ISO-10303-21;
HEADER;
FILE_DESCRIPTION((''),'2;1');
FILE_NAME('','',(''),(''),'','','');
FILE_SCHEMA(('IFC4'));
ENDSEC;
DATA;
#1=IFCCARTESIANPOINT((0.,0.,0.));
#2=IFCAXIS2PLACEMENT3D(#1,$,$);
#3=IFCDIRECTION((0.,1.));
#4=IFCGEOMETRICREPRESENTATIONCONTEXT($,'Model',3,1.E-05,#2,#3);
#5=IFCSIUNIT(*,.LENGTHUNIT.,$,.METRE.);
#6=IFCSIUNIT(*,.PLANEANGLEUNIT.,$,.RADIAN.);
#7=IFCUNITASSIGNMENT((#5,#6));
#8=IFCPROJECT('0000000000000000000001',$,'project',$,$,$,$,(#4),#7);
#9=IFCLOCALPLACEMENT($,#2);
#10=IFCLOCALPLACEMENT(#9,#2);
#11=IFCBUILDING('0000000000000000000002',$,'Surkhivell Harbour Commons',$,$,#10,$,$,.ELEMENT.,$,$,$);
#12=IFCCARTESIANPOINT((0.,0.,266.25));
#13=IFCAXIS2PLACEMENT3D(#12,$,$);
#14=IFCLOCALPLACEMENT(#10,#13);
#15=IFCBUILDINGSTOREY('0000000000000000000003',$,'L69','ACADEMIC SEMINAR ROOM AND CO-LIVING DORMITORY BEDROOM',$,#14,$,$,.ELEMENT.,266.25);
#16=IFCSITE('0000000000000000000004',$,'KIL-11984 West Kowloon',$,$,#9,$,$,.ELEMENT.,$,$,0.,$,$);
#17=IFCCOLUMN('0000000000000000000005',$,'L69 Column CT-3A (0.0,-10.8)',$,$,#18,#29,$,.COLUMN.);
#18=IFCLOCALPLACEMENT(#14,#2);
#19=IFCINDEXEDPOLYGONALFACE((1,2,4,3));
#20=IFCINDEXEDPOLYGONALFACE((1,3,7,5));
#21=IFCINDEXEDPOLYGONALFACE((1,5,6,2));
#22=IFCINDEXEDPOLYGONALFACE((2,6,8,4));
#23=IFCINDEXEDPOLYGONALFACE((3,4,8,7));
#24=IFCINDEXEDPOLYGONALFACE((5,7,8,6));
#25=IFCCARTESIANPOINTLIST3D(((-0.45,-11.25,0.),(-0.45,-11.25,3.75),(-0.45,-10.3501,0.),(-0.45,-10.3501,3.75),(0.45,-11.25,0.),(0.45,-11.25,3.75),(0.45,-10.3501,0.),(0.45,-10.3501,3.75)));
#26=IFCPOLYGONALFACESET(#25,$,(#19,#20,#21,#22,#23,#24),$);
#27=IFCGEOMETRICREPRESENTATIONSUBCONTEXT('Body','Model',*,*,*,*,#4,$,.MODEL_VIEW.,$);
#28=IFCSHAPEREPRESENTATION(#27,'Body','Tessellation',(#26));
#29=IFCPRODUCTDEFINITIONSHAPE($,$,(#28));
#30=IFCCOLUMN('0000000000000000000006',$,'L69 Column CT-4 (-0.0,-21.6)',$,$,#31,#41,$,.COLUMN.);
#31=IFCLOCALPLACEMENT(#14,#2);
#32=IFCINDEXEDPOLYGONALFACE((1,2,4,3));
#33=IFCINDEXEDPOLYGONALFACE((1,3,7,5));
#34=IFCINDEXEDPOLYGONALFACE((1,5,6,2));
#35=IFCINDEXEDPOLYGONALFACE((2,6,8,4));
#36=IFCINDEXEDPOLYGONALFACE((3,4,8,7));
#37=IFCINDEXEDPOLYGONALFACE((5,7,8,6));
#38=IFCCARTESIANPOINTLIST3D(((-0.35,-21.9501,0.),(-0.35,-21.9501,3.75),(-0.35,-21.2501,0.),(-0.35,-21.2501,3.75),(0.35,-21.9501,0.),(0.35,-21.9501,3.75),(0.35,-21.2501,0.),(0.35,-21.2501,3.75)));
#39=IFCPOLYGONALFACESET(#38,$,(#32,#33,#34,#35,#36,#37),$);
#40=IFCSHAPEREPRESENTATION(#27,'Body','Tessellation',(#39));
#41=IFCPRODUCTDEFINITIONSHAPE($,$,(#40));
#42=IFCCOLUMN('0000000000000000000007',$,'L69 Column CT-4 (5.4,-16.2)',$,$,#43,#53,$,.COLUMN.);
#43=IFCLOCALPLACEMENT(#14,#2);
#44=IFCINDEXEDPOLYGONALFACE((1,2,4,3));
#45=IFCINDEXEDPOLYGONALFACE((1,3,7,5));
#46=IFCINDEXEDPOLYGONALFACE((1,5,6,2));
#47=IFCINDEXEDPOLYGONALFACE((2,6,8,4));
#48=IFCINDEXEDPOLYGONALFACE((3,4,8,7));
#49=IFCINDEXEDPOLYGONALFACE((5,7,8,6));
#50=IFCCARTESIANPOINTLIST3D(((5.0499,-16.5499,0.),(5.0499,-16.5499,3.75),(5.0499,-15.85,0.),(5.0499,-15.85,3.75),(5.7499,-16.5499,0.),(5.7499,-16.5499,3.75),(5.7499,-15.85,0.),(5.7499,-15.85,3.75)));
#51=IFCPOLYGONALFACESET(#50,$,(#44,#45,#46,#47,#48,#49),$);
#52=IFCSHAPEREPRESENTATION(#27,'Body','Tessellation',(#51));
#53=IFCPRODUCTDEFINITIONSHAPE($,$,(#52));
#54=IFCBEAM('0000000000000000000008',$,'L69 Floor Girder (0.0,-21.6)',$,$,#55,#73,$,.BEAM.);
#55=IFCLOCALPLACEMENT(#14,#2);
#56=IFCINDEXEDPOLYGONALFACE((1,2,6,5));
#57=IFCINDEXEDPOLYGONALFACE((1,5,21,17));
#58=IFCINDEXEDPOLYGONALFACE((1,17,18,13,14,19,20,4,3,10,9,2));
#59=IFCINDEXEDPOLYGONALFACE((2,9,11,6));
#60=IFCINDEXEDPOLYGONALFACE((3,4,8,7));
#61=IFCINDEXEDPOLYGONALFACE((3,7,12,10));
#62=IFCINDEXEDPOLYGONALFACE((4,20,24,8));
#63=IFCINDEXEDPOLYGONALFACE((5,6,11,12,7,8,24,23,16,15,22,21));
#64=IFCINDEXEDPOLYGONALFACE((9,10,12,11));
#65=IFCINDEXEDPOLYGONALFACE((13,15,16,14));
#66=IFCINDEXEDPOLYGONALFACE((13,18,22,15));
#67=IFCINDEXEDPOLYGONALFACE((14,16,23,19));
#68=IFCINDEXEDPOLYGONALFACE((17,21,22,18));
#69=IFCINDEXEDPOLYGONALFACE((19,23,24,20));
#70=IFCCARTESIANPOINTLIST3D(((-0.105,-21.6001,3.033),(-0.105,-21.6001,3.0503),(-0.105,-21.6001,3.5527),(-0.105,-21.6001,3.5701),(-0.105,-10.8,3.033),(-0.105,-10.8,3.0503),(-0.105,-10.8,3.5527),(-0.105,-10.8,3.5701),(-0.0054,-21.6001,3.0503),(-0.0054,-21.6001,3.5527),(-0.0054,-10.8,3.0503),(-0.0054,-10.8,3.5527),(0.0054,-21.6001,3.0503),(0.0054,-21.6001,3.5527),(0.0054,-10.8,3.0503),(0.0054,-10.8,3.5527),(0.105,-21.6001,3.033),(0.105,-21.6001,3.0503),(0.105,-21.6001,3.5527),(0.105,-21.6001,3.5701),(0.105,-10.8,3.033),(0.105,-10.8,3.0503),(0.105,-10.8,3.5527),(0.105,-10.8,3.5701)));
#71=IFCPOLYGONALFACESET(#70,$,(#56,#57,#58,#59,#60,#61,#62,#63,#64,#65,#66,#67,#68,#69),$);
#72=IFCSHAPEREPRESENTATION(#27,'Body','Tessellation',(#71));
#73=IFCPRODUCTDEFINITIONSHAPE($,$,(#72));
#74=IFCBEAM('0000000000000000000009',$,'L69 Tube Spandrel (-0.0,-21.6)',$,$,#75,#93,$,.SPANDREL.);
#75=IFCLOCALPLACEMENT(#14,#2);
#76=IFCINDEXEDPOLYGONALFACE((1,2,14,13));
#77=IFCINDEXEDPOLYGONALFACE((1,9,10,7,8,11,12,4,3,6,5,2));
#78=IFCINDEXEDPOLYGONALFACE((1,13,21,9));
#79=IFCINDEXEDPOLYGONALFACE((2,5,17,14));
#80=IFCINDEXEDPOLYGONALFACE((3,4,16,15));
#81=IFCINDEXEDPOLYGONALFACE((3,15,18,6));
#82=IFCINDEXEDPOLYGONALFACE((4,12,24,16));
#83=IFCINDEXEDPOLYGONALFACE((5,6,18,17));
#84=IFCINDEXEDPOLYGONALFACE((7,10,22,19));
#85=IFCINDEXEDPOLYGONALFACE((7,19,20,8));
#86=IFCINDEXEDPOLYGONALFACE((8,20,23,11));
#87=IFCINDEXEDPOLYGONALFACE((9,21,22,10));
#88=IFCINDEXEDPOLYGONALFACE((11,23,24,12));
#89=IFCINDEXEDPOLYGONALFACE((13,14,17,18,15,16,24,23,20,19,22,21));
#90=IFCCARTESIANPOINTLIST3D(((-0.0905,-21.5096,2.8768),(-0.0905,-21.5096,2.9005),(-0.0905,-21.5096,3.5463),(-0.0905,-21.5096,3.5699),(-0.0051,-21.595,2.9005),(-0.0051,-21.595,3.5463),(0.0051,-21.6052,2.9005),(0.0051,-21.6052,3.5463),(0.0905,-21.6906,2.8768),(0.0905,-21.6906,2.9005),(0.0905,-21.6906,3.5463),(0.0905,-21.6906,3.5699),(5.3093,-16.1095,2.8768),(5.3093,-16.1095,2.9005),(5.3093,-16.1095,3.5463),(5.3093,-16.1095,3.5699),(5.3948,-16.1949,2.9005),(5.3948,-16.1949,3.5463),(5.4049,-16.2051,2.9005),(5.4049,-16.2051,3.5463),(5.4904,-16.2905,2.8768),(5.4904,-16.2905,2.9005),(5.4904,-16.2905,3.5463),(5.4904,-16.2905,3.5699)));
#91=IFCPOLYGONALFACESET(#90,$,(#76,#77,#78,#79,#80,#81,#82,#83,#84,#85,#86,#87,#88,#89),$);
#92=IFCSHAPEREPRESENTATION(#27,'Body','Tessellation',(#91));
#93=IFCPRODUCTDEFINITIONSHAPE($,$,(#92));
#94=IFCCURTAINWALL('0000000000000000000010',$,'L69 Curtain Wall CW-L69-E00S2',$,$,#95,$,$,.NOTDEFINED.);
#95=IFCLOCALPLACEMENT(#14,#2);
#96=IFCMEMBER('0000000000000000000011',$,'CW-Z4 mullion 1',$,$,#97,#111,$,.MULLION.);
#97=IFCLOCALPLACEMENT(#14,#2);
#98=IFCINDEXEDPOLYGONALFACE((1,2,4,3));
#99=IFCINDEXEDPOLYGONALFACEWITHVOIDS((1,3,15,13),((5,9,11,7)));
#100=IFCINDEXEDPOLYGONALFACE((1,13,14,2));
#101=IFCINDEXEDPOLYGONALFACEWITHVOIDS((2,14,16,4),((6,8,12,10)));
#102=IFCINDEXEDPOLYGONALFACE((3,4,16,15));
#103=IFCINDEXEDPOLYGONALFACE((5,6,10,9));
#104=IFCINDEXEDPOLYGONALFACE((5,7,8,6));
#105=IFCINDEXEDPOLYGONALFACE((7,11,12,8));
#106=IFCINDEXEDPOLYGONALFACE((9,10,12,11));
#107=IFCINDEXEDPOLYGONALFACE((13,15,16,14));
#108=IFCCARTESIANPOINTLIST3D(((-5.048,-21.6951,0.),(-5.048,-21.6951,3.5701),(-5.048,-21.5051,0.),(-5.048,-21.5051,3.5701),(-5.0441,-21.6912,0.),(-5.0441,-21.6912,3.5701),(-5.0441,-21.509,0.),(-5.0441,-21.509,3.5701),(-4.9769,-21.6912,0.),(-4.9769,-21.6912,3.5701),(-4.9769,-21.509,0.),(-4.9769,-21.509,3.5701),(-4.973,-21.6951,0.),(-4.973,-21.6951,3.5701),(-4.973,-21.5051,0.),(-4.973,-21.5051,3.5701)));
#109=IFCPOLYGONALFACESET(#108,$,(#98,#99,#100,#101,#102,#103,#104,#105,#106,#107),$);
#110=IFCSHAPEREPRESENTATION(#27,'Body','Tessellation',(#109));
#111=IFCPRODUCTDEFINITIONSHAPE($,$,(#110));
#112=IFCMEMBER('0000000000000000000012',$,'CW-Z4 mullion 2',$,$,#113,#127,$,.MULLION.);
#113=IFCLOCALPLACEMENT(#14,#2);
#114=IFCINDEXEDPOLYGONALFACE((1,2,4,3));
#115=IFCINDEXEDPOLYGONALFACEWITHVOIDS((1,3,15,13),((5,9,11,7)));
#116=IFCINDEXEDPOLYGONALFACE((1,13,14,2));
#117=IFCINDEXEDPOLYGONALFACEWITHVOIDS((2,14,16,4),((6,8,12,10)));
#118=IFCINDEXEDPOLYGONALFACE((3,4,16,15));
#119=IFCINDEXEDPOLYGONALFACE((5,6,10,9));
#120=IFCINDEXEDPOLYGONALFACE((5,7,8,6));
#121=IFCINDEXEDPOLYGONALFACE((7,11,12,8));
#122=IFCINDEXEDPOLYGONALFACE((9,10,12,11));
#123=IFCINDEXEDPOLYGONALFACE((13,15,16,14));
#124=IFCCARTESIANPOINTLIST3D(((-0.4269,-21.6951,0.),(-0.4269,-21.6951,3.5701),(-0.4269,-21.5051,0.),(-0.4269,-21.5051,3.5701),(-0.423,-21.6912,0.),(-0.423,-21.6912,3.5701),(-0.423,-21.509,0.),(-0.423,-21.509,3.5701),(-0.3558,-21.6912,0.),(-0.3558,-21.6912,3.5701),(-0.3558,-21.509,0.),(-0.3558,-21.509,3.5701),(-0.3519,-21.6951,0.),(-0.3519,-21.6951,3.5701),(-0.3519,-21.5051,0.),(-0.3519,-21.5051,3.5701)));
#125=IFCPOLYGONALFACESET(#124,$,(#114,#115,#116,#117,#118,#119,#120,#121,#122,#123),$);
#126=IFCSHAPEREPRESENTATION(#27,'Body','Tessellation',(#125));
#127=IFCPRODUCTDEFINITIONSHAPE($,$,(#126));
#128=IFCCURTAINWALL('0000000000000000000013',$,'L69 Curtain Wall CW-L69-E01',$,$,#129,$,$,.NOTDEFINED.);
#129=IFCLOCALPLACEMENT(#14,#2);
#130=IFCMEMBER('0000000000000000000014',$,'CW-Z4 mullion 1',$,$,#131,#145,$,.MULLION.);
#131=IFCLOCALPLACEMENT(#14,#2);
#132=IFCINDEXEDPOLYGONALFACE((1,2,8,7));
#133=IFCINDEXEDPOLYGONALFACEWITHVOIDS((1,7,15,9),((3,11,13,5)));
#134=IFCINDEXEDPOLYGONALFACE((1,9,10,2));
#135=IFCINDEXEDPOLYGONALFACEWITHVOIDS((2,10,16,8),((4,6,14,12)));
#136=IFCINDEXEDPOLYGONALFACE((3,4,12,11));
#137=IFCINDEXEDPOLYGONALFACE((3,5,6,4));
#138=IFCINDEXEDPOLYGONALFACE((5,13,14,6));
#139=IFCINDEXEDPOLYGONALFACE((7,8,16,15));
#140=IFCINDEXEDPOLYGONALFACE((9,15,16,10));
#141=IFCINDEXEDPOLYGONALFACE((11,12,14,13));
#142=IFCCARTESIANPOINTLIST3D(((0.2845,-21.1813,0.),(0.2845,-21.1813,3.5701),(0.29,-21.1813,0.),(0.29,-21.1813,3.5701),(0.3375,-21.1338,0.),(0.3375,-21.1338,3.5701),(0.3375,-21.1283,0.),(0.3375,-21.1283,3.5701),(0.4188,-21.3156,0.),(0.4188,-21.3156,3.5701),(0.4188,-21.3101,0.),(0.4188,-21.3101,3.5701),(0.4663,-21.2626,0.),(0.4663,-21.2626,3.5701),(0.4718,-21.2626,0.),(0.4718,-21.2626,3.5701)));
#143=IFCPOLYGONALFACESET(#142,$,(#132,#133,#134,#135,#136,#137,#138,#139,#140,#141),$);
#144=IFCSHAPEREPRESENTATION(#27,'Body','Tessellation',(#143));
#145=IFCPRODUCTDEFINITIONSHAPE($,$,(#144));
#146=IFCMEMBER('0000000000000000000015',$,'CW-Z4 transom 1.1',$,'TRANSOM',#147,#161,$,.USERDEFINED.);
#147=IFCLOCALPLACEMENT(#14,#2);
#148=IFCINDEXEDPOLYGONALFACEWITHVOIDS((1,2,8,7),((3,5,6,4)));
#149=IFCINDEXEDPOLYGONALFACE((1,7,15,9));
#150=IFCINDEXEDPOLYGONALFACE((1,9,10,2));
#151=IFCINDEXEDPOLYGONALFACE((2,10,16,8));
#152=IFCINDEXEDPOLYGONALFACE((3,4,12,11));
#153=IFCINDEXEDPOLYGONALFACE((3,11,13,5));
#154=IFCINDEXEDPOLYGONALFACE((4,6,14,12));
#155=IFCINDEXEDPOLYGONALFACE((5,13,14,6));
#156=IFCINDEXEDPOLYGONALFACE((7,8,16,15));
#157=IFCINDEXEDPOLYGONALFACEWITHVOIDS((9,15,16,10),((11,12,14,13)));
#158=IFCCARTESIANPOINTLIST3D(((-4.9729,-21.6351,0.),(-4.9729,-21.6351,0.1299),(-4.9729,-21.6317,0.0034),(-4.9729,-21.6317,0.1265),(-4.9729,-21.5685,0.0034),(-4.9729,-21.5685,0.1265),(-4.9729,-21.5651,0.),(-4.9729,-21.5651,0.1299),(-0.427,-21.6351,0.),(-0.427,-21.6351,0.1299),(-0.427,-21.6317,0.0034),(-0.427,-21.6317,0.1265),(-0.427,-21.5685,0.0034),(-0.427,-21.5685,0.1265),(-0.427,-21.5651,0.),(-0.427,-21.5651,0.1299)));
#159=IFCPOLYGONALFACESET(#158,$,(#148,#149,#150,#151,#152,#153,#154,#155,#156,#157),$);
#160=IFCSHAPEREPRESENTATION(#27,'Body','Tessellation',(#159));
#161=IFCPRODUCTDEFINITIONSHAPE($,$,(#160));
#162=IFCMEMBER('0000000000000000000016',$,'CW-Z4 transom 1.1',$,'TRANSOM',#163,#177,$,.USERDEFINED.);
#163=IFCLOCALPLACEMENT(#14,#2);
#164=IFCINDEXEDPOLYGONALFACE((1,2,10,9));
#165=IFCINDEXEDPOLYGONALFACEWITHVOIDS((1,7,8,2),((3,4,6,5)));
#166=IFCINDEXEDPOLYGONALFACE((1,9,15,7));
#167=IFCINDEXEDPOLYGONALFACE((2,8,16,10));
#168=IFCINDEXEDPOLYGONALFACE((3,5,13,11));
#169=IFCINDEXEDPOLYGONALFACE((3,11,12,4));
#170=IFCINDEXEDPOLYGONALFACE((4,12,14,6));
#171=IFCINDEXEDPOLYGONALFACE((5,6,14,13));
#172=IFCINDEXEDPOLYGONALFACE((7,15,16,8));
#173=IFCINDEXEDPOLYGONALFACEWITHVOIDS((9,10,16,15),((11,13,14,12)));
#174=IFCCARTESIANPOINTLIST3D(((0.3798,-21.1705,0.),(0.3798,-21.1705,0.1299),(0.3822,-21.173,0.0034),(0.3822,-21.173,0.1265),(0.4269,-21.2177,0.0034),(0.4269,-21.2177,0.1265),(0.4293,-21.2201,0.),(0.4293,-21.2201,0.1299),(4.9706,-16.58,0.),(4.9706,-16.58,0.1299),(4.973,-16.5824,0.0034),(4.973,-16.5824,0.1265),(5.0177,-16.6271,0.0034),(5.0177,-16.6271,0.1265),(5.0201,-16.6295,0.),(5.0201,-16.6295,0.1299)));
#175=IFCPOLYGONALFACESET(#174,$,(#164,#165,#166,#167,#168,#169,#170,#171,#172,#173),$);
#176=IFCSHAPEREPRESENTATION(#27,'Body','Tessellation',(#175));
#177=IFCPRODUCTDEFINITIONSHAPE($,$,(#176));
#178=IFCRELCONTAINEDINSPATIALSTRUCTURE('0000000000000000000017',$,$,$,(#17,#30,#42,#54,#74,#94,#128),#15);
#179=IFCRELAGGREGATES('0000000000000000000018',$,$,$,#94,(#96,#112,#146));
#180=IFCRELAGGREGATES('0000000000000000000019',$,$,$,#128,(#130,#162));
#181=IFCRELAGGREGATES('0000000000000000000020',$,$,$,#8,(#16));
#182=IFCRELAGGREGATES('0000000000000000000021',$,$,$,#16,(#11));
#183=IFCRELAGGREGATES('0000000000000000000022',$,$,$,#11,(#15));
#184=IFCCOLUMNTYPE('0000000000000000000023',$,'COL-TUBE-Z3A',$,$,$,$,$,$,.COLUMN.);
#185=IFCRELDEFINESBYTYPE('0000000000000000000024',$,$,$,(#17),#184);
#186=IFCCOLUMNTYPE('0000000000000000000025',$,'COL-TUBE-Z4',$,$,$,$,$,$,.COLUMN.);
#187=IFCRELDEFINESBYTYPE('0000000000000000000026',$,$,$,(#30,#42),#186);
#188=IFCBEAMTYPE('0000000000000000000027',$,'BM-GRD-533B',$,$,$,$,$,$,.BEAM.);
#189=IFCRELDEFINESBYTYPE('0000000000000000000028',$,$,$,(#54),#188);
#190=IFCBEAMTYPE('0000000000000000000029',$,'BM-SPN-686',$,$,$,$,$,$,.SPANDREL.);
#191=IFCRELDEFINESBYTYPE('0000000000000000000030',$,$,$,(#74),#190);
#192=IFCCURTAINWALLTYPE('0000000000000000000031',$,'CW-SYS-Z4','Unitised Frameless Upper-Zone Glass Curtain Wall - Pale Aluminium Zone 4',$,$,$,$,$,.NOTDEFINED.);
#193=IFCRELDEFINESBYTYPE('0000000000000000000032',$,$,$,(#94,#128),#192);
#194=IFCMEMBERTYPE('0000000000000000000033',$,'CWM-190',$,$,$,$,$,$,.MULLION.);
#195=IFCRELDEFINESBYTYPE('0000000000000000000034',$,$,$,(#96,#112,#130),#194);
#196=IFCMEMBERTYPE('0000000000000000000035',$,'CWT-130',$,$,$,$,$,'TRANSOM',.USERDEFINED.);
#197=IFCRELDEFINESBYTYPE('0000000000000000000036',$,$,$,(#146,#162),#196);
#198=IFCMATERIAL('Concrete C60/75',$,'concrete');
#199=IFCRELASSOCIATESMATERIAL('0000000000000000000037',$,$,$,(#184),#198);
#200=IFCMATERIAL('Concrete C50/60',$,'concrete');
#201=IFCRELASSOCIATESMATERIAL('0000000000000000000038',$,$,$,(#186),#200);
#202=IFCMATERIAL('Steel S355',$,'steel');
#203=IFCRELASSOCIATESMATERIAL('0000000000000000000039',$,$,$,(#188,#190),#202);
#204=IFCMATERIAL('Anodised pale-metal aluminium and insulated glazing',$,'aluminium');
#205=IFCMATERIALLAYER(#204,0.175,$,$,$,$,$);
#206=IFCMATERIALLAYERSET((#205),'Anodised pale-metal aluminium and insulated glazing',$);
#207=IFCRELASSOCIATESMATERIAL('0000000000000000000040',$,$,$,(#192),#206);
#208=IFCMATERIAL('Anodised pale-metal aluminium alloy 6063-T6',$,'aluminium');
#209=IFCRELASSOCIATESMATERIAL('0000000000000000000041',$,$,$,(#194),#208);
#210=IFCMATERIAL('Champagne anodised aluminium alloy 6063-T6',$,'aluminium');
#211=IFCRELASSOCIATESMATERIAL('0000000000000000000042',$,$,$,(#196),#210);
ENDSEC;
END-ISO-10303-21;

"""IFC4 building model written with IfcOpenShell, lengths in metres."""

from ifc_helpers import new_model, si_unit, direction, frame, origin, origin_2d, place, context, subcontext, project, spatial, rectangle, hollow_rectangle, i_section, extrude, material, layer, layer_set, material_profile, profile_set, type_object, element, aggregate, save


model = new_model("IFC4")

# Units and contexts
model_context = context("Model", 3, precision=1e-05, world=origin(), true_north=direction((0.0, 1.0)))
body_context = subcontext(model_context, "Body", "Model", "MODEL_VIEW")
ifc_project = project(units=[si_unit("LENGTHUNIT", "METRE"), si_unit("PLANEANGLEUNIT", "RADIAN")], contexts=[model_context])

# Site, building, storey
site_placement = place(None, origin())
site = spatial("IfcSite", under=ifc_project, at=site_placement, Name="KIL-11984 West Kowloon", CompositionType="ELEMENT", RefElevation=0.0)
building_placement = place(site_placement, origin())
building = spatial("IfcBuilding", under=site, at=building_placement, Name="Surkhivell Harbour Commons", CompositionType="ELEMENT")
storey_placement = place(building_placement, frame((0.0, 0.0, 266.25)))
storey = spatial("IfcBuildingStorey", under=building, at=storey_placement, Name="L69", Description="ACADEMIC SEMINAR ROOM AND CO-LIVING DORMITORY BEDROOM", CompositionType="ELEMENT", Elevation=266.25)

# Columns
ifc_material_1 = material(Name="Concrete C60/75", Category="concrete")
ifc_material_profile_1 = material_profile(ifc_material_1, rectangle(XDim=0.8999, YDim=0.8999, at=origin_2d()), Name="RC-COL-900x900")
ifc_profile_set_1 = profile_set([ifc_material_profile_1], Name="Concrete C60/75")
column_type_1 = type_object("IfcColumnType", Name="COL-TUBE-Z3A", PredefinedType="COLUMN", material=ifc_profile_set_1)
column_placement = place(storey_placement, frame((0.0, -10.8, 0.0), z_axis=(0.0, 0.0, 1.0), x_axis=(1.0, 0.0, 0.0)))
element("IfcColumn", 1, at=column_placement, inside=storey, type_object=column_type_1, Name="L69 Column CT-3A (0.0,-10.8)", PredefinedType="COLUMN", context=body_context, shape_type="SweptSolid", body=[
    extrude(rectangle(XDim=0.8999, YDim=0.8999, at=origin_2d()), origin(), (0.0, 0.0, 1.0), 3.75),
])
ifc_material_2 = material(Name="Concrete C50/60", Category="concrete")
ifc_material_profile_2 = material_profile(ifc_material_2, rectangle(XDim=0.7, YDim=0.7, at=origin_2d()), Name="RC-COL-700x700")
ifc_profile_set_2 = profile_set([ifc_material_profile_2], Name="Concrete C50/60")
column_type_2 = type_object("IfcColumnType", Name="COL-TUBE-Z4", PredefinedType="COLUMN", material=ifc_profile_set_2)
for number, where, z_axis, x_axis, name in (
    (2, (0.0, -21.6001, 0.0), (0.0, 0.0, 1.0), (1.0, 0.0, 0.0), "L69 Column CT-4 (-0.0,-21.6)"),
    (3, (5.3999, -16.2, 0.0), (0.0, 0.0, 1.0), (1.0, 0.0, 0.0), "L69 Column CT-4 (5.4,-16.2)"),
):
    element("IfcColumn", number, at=place(storey_placement, frame(where, z_axis=z_axis, x_axis=x_axis)), inside=storey, type_object=column_type_2, Name=name, PredefinedType="COLUMN", context=body_context, shape_type="SweptSolid", body=[
        extrude(rectangle(XDim=0.7, YDim=0.7, at=origin_2d()), origin(), (0.0, 0.0, 1.0), 3.75),
    ])

# Beams
ifc_material_3 = material(Name="Steel S355", Category="steel")
ifc_material_profile_3 = material_profile(ifc_material_3, i_section(OverallWidth=0.21, OverallDepth=0.5371, WebThickness=0.0107, FlangeThickness=0.0173, at=origin_2d()), Name="UB533x210x101")
ifc_profile_set_3 = profile_set([ifc_material_profile_3], Name="Steel S355")
beam_type_1 = type_object("IfcBeamType", Name="BM-GRD-533B", PredefinedType="BEAM", material=ifc_profile_set_3)
beam_1_placement = place(storey_placement, frame((0.0, -21.6001, 3.3015), z_axis=(0.0, 1.0, 0.0), x_axis=(-1.0, 0.0, 0.0)))
element("IfcBeam", 4, at=beam_1_placement, inside=storey, type_object=beam_type_1, Name="L69 Floor Girder (0.0,-21.6)", PredefinedType="BEAM", context=body_context, shape_type="SweptSolid", body=[
    extrude(i_section(OverallWidth=0.21, OverallDepth=0.5371, WebThickness=0.0107, FlangeThickness=0.0173, at=origin_2d()), origin(), (0.0, 0.0, 1.0), 10.8),
])
ifc_material_profile_4 = material_profile(ifc_material_3, i_section(OverallWidth=0.2561, OverallDepth=0.6931, WebThickness=0.0144, FlangeThickness=0.0237, at=origin_2d()), Name="UB686x254x170")
ifc_profile_set_4 = profile_set([ifc_material_profile_4], Name="Steel S355")
beam_type_2 = type_object("IfcBeamType", Name="BM-SPN-686", PredefinedType="SPANDREL", material=ifc_profile_set_4)
beam_2_placement = place(storey_placement, frame((0.0, -21.6001, 3.2234), z_axis=(0.707091, 0.707123, 0.0), x_axis=(-0.707123, 0.707091, 0.0)))
element("IfcBeam", 5, at=beam_2_placement, inside=storey, type_object=beam_type_2, Name="L69 Tube Spandrel (-0.0,-21.6)", PredefinedType="SPANDREL", context=body_context, shape_type="SweptSolid", body=[
    extrude(i_section(OverallWidth=0.2561, OverallDepth=0.6931, WebThickness=0.0144, FlangeThickness=0.0237, at=origin_2d()), origin(), (0.0, 0.0, 1.0), 7.6367),
])

# Curtain wall, members
ifc_material_4 = material(Name="Anodised pale-metal aluminium and insulated glazing", Category="aluminium")
ifc_layer_1 = layer(ifc_material_4, 0.175)
ifc_layer_set_1 = layer_set([ifc_layer_1], Name="Anodised pale-metal aluminium and insulated glazing")
curtain_wall_type = type_object("IfcCurtainWallType", Name="CW-SYS-Z4", Description="Unitised Frameless Upper-Zone Glass Curtain Wall - Pale Aluminium Zone 4", PredefinedType="NOTDEFINED", material=ifc_layer_set_1)
curtain_wall_1_placement = place(storey_placement, origin())
curtain_wall_1 = element("IfcCurtainWall", 6, at=curtain_wall_1_placement, inside=storey, type_object=curtain_wall_type, Name="L69 Curtain Wall CW-L69-E00S2", PredefinedType="NOTDEFINED")
ifc_material_5 = material(Name="Anodised pale-metal aluminium alloy 6063-T6", Category="aluminium")
ifc_material_profile_5 = material_profile(ifc_material_5, hollow_rectangle(XDim=0.075, YDim=0.1899, WallThickness=0.0039, at=origin_2d()), Name="ALU-MULL-75x190")
ifc_profile_set_5 = profile_set([ifc_material_profile_5], Name="Anodised pale-metal aluminium alloy 6063-T6")
member_type_1 = type_object("IfcMemberType", Name="CWM-190", PredefinedType="MULLION", material=ifc_profile_set_5)
member_1_placement = place(storey_placement, frame((-5.0105, -21.6001, 0.0), z_axis=(0.0, 0.0, 1.0), x_axis=(1.0, 0.0, 0.0)))
member_1 = element("IfcMember", 7, at=member_1_placement, type_object=member_type_1, Name="CW-Z4 mullion 1", PredefinedType="MULLION", context=body_context, shape_type="SweptSolid", body=[
    extrude(hollow_rectangle(XDim=0.075, YDim=0.1899, WallThickness=0.0039, at=origin_2d()), origin(), (0.0, 0.0, 1.0), 3.5701),
])
member_2_placement = place(storey_placement, frame((-0.3894, -21.6001, 0.0), z_axis=(0.0, 0.0, 1.0), x_axis=(1.0, 0.0, 0.0)))
member_2 = element("IfcMember", 8, at=member_2_placement, type_object=member_type_1, Name="CW-Z4 mullion 2", PredefinedType="MULLION", context=body_context, shape_type="SweptSolid", body=[
    extrude(hollow_rectangle(XDim=0.075, YDim=0.1899, WallThickness=0.0039, at=origin_2d()), origin(), (0.0, 0.0, 1.0), 3.5701),
])

# Curtain wall, member
curtain_wall_2_placement = place(storey_placement, origin())
curtain_wall_2 = element("IfcCurtainWall", 9, at=curtain_wall_2_placement, inside=storey, type_object=curtain_wall_type, Name="L69 Curtain Wall CW-L69-E01", PredefinedType="NOTDEFINED")
member_3_placement = place(storey_placement, frame((0.3782, -21.2219, 0.0), z_axis=(0.0, 0.0, 1.0), x_axis=(0.707107, 0.707107, 0.0)))
member_3 = element("IfcMember", 10, at=member_3_placement, type_object=member_type_1, Name="CW-Z4 mullion 1", PredefinedType="MULLION", context=body_context, shape_type="SweptSolid", body=[
    extrude(hollow_rectangle(XDim=0.075, YDim=0.1899, WallThickness=0.0039, at=origin_2d()), origin(), (0.0, 0.0, 1.0), 3.5701),
])

# Members
ifc_material_6 = material(Name="Champagne anodised aluminium alloy 6063-T6", Category="aluminium")
ifc_material_profile_6 = material_profile(ifc_material_6, hollow_rectangle(XDim=0.0701, YDim=0.1299, WallThickness=0.0034, at=origin_2d()), Name="ALU-TRAN-70x130")
ifc_profile_set_6 = profile_set([ifc_material_profile_6], Name="Champagne anodised aluminium alloy 6063-T6")
member_type_2 = type_object("IfcMemberType", Name="CWT-130", ElementType="TRANSOM", PredefinedType="USERDEFINED", material=ifc_profile_set_6)
member_4_placement = place(storey_placement, frame((-4.9729, -21.6001, 0.0649), z_axis=(1.0, 0.0, 0.0), x_axis=(0.0, 1.0, 0.0)))
member_4 = element("IfcMember", 11, at=member_4_placement, type_object=member_type_2, Name="CW-Z4 transom 1.1", ObjectType="TRANSOM", PredefinedType="USERDEFINED", context=body_context, shape_type="SweptSolid", body=[
    extrude(hollow_rectangle(XDim=0.0701, YDim=0.1299, WallThickness=0.0034, at=origin_2d()), origin(), (0.0, 0.0, 1.0), 4.5459),
])
member_5_placement = place(storey_placement, frame((0.4045, -21.1953, 0.0649), z_axis=(0.707126, 0.707088, 0.0), x_axis=(-0.707088, 0.707126, 0.0)))
member_5 = element("IfcMember", 12, at=member_5_placement, type_object=member_type_2, Name="CW-Z4 transom 1.1", ObjectType="TRANSOM", PredefinedType="USERDEFINED", context=body_context, shape_type="SweptSolid", body=[
    extrude(hollow_rectangle(XDim=0.0701, YDim=0.1299, WallThickness=0.0034, at=origin_2d()), origin(), (0.0, 0.0, 1.0), 6.4922),
])

aggregate(curtain_wall_1, [member_1, member_2, member_4])
aggregate(curtain_wall_2, [member_3, member_5])

save(model, "model.ifc")
